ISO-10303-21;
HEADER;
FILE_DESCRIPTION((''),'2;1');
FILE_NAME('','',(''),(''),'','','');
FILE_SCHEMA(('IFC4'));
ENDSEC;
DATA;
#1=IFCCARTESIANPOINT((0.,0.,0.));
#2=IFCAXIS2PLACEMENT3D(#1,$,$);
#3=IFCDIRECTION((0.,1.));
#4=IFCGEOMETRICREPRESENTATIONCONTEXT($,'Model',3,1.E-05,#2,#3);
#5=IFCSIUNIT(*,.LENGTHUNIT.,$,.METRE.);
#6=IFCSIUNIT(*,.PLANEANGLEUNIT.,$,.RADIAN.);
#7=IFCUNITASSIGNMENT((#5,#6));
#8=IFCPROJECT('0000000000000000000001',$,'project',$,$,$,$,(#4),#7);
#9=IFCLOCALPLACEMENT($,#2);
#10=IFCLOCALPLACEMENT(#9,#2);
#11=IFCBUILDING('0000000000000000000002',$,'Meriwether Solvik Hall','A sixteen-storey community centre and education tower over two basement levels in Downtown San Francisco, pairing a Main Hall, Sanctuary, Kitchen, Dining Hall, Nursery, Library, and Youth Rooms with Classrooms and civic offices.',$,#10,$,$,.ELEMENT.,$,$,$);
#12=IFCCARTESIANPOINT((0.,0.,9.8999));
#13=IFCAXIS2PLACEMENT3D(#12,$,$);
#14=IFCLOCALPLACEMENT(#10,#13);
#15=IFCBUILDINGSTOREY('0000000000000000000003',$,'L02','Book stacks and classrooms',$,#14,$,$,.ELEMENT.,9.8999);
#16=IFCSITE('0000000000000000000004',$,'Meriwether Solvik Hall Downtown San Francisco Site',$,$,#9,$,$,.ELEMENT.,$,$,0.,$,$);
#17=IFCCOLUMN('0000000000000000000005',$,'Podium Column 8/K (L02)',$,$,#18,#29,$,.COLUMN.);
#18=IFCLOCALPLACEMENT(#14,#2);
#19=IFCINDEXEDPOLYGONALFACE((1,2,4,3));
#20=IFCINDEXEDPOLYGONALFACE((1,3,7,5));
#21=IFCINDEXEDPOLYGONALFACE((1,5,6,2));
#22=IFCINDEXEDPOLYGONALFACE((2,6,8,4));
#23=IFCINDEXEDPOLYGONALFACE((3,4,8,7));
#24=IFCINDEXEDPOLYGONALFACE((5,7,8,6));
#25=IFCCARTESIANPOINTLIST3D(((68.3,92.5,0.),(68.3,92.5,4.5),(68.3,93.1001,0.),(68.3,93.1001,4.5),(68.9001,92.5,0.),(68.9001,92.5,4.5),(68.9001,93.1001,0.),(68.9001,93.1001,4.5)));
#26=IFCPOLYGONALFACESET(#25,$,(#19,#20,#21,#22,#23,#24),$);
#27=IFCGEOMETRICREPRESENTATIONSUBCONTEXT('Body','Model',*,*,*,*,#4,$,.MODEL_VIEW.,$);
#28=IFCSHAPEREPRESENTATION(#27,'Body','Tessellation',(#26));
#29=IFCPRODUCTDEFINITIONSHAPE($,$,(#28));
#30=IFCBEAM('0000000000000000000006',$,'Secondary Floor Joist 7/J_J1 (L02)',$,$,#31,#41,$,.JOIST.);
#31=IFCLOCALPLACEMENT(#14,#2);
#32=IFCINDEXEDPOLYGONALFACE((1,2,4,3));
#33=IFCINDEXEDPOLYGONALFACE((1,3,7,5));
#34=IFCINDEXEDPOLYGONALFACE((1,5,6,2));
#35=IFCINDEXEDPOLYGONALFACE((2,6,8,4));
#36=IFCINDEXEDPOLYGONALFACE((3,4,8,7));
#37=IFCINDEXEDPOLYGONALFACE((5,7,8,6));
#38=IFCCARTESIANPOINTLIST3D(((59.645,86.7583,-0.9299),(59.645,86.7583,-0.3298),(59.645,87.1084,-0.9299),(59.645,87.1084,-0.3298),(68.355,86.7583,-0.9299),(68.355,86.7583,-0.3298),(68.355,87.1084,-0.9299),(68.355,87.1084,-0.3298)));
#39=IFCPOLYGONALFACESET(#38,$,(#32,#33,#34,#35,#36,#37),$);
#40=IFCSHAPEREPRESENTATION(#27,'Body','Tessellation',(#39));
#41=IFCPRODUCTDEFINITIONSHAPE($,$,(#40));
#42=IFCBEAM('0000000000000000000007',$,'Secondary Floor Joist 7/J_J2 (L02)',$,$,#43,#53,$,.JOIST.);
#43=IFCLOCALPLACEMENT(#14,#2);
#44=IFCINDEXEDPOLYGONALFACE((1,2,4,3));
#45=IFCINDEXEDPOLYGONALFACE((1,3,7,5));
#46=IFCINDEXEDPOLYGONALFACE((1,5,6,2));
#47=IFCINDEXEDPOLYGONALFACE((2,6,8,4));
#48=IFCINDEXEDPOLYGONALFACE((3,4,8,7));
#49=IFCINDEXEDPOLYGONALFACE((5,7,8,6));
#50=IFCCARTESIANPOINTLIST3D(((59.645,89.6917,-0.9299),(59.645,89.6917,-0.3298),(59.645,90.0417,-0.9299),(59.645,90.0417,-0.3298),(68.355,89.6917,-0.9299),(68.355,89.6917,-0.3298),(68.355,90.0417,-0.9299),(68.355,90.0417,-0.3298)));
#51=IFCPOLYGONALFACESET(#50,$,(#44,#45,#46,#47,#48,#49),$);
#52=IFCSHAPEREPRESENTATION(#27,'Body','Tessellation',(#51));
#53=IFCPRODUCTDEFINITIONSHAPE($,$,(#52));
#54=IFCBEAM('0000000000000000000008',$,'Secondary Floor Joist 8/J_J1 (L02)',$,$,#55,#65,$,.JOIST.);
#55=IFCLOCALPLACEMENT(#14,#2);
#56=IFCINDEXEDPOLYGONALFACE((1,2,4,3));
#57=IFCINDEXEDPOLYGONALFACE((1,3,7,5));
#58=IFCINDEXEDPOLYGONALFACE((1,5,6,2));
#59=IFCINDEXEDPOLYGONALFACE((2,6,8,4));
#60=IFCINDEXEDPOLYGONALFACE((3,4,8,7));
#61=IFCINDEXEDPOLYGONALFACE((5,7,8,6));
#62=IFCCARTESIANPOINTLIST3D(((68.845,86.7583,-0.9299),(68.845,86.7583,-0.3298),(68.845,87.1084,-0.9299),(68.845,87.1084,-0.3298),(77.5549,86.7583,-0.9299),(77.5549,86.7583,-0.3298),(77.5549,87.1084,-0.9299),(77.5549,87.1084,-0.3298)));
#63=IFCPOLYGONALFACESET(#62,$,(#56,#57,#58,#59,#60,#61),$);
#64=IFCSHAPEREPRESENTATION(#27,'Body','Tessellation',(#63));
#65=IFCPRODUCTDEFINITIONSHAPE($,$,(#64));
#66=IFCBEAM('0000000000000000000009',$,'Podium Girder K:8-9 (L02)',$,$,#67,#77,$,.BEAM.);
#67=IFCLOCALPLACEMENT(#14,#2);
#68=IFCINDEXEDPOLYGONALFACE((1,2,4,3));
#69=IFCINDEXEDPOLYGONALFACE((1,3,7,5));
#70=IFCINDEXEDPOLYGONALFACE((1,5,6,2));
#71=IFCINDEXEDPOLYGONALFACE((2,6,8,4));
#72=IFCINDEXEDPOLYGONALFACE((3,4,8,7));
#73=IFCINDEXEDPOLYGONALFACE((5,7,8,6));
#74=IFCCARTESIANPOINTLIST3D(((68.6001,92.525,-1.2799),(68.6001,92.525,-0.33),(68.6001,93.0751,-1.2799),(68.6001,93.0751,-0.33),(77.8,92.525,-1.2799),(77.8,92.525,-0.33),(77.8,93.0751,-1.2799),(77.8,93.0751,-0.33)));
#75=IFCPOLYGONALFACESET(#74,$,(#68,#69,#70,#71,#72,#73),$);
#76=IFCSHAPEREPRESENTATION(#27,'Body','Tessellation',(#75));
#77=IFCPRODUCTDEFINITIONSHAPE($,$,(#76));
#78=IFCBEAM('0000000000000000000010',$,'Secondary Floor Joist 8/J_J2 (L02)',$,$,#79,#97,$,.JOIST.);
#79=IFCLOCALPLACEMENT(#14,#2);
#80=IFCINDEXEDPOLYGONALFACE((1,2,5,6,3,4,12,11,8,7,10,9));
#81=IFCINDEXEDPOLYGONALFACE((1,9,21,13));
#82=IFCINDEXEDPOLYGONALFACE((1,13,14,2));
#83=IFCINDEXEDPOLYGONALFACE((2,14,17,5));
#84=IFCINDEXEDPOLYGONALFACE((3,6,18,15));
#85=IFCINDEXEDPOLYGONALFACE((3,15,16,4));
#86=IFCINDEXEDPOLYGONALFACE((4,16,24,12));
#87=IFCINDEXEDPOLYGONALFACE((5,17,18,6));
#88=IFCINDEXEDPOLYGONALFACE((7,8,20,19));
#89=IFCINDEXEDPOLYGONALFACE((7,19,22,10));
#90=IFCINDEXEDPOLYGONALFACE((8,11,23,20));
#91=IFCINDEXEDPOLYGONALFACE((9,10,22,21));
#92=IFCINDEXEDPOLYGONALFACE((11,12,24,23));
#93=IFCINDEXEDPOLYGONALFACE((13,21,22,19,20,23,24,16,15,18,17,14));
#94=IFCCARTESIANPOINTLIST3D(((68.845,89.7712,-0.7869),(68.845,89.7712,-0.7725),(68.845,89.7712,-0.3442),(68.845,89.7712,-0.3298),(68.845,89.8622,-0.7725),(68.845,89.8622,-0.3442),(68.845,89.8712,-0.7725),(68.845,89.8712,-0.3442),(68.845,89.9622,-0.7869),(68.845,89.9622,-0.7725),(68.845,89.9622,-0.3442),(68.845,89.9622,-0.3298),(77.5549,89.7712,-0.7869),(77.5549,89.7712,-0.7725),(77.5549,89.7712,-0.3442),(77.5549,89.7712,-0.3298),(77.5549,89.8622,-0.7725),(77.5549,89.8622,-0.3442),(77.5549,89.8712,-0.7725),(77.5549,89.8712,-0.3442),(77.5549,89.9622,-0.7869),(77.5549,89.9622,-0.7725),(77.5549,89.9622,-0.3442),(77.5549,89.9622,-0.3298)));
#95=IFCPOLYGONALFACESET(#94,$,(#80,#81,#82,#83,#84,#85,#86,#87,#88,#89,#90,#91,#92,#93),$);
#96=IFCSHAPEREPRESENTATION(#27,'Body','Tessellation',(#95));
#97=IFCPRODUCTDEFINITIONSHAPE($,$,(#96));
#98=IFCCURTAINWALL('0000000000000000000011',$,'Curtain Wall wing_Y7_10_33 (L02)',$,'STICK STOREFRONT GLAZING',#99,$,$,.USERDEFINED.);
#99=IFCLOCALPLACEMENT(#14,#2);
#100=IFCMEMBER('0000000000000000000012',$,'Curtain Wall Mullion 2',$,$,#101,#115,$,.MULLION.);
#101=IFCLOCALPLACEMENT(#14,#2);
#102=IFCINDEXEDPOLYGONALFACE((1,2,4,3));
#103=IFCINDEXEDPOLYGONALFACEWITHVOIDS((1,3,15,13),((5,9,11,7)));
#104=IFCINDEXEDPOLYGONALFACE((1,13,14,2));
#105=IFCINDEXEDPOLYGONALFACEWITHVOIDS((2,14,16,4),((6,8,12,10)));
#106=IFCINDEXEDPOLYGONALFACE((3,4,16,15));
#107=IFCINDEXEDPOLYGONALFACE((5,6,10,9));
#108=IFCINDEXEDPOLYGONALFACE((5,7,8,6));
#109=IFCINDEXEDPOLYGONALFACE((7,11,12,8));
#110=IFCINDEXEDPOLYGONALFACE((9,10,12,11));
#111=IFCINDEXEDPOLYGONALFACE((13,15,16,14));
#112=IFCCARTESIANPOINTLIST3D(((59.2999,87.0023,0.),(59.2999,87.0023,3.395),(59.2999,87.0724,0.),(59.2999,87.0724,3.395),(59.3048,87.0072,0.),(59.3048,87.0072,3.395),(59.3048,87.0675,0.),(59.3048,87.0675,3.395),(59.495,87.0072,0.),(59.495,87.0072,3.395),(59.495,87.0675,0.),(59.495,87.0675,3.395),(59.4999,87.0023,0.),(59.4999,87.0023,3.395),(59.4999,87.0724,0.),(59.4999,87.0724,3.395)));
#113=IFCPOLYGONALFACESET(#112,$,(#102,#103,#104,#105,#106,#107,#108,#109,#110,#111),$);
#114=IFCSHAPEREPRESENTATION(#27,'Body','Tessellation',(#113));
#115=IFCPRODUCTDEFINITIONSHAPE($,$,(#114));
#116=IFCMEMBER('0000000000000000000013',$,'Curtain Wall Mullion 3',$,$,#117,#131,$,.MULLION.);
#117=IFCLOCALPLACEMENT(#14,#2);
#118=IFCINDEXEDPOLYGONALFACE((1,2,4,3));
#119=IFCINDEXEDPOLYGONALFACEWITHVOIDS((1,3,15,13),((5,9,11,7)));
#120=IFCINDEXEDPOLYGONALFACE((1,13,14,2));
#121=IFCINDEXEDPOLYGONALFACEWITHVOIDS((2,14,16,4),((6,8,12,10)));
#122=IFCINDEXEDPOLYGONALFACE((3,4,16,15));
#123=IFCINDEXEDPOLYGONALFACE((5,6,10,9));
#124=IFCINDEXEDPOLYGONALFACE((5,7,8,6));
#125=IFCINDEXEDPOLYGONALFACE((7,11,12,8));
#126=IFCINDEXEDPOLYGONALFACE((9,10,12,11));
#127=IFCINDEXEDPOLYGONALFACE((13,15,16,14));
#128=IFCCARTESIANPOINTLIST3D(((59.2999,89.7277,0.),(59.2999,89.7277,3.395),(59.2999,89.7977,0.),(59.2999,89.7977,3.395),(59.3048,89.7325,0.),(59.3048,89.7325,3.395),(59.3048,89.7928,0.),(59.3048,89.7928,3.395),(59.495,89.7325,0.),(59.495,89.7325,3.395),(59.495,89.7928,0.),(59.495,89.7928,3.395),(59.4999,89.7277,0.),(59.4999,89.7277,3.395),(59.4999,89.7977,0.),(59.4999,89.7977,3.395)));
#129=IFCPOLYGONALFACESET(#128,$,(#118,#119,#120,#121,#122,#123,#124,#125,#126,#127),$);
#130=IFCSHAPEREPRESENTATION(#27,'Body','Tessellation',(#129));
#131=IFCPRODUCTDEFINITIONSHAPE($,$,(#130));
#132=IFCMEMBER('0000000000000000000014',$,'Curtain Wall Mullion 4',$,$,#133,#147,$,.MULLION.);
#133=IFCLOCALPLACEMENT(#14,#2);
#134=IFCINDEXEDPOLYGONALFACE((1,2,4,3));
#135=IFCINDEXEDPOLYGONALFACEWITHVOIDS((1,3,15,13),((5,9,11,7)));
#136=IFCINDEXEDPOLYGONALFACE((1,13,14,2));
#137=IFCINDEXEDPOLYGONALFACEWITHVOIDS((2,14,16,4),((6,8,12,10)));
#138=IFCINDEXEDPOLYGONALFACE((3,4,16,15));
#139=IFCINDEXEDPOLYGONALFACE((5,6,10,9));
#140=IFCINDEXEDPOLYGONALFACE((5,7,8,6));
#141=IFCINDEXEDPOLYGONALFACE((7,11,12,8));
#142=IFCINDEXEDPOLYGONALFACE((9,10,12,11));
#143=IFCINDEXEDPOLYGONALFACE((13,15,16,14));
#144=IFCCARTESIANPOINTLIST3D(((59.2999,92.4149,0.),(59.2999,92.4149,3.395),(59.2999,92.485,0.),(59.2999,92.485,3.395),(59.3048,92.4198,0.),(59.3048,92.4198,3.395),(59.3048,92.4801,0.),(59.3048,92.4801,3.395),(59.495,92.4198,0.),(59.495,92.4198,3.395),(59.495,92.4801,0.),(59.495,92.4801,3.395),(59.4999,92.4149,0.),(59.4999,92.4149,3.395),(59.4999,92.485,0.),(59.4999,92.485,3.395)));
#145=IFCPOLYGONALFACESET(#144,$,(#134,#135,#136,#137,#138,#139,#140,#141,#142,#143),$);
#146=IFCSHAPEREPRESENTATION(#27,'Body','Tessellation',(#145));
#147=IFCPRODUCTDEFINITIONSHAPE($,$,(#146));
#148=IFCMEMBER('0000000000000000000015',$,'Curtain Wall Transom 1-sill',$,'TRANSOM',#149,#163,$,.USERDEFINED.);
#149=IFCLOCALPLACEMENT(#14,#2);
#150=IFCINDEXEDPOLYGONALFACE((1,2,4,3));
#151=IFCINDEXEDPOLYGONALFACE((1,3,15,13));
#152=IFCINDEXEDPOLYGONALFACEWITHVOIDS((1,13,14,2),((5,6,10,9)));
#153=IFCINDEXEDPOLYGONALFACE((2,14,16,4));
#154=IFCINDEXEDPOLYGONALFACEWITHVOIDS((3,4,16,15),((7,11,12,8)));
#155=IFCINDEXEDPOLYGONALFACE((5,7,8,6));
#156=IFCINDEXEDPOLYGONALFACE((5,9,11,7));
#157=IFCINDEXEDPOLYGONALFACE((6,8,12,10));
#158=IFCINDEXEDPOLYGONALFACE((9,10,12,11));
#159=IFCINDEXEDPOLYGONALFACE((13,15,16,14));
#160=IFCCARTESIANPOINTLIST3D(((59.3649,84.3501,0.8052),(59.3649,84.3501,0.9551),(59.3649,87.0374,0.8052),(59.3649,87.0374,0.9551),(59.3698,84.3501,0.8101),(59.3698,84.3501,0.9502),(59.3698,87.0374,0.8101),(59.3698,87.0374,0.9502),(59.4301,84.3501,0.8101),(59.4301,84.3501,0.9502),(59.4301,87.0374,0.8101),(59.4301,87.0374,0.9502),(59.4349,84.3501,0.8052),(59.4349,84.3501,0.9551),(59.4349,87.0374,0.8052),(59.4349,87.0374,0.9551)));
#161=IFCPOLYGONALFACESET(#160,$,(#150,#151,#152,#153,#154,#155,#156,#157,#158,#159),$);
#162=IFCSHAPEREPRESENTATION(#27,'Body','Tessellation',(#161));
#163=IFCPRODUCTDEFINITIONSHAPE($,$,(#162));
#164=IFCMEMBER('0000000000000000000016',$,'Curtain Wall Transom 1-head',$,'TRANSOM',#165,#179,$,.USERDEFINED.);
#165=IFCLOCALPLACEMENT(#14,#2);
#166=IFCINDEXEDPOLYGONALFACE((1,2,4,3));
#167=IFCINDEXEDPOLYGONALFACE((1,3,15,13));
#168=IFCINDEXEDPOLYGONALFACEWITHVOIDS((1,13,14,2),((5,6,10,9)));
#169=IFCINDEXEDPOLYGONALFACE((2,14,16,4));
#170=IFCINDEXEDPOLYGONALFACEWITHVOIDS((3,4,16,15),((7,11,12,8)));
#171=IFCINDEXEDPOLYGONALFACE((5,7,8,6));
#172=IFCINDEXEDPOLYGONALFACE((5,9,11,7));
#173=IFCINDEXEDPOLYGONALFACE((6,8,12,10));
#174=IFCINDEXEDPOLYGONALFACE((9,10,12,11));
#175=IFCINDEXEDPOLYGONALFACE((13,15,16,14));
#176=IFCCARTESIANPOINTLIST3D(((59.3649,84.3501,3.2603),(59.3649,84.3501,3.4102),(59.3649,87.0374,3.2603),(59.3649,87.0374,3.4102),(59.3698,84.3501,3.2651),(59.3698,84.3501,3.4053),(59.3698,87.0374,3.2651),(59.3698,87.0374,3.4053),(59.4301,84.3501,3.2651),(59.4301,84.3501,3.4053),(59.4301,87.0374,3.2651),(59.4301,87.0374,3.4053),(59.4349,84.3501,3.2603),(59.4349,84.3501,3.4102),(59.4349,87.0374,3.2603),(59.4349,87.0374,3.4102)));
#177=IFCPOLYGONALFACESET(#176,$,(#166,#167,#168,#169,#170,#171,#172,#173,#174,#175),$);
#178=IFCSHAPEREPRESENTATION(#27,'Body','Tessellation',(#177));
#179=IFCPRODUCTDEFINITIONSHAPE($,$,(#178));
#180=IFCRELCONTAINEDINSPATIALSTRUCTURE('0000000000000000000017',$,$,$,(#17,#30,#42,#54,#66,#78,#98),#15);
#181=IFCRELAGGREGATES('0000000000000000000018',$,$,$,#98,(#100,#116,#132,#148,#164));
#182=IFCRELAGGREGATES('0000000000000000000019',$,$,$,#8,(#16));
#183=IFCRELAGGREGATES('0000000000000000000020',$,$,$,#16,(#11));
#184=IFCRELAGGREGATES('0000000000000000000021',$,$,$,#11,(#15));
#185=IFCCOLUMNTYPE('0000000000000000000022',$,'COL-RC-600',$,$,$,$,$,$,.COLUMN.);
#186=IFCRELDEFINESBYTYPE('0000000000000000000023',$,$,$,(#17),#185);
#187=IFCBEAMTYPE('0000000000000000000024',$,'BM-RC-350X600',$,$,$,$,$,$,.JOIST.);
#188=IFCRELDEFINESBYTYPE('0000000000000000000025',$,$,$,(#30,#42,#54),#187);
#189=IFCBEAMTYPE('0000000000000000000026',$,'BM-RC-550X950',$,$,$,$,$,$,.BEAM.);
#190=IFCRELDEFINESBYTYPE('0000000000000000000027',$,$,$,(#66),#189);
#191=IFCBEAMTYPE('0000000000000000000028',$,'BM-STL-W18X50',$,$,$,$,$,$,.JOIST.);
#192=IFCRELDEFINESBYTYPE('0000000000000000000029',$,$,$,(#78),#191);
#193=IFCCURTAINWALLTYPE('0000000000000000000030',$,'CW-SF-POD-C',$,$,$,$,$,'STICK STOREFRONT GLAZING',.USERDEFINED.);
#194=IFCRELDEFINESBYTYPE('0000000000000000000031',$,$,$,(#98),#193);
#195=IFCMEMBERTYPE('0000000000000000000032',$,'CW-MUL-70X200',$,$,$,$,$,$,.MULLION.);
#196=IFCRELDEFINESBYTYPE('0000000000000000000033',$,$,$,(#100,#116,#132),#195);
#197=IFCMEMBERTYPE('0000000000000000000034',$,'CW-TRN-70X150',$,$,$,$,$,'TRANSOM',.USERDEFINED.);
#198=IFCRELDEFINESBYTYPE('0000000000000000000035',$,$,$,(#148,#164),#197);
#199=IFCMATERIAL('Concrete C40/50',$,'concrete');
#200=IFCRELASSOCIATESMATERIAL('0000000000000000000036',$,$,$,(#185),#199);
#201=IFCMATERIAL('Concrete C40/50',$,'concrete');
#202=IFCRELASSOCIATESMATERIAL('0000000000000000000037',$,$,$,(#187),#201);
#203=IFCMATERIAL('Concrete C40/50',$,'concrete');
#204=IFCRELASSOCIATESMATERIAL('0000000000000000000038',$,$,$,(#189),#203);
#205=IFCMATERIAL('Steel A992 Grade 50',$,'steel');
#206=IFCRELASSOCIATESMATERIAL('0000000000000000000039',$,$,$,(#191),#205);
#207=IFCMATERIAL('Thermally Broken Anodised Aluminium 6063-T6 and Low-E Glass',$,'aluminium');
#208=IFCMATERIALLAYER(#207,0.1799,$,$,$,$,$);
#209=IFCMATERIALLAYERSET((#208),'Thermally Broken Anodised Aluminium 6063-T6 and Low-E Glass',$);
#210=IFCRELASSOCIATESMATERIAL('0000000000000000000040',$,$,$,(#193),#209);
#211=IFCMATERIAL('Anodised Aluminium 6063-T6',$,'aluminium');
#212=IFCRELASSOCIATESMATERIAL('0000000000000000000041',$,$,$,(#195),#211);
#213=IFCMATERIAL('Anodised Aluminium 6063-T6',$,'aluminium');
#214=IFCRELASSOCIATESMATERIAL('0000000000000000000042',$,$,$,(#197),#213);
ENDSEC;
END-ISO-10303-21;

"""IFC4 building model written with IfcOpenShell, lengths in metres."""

from ifc_helpers import new_model, si_unit, direction, frame, origin, origin_2d, place, context, subcontext, project, spatial, rectangle, hollow_rectangle, i_section, extrude, material, layer, layer_set, material_profile, profile_set, type_object, element, aggregate, save


model = new_model("IFC4")

# Units and contexts
model_context = context("Model", 3, precision=1e-05, world=origin(), true_north=direction((0.0, 1.0)))
body_context = subcontext(model_context, "Body", "Model", "MODEL_VIEW")
ifc_project = project(units=[si_unit("LENGTHUNIT", "METRE"), si_unit("PLANEANGLEUNIT", "RADIAN")], contexts=[model_context])

# Site, building, storey
site_placement = place(None, origin())
site = spatial("IfcSite", under=ifc_project, at=site_placement, Name="Meriwether Solvik Hall Downtown San Francisco Site", CompositionType="ELEMENT", RefElevation=0.0)
building_placement = place(site_placement, origin())
building = spatial("IfcBuilding", under=site, at=building_placement, Name="Meriwether Solvik Hall", Description="A sixteen-storey community centre and education tower over two basement levels in Downtown San Francisco, pairing a Main Hall, Sanctuary, Kitchen, Dining Hall, Nursery, Library, and Youth Rooms with Classrooms and civic offices.", CompositionType="ELEMENT")
storey_placement = place(building_placement, frame((0.0, 0.0, 9.8999)))
storey = spatial("IfcBuildingStorey", under=building, at=storey_placement, Name="L02", Description="Book stacks and classrooms", CompositionType="ELEMENT", Elevation=9.8999)

# Column
ifc_material_1 = material(Name="Concrete C40/50", Category="concrete")
ifc_material_profile_1 = material_profile(ifc_material_1, rectangle(XDim=0.6001, YDim=0.6001, at=origin_2d()), Name="RCC-600X600")
ifc_profile_set_1 = profile_set([ifc_material_profile_1], Name="Concrete C40/50")
column_type = type_object("IfcColumnType", Name="COL-RC-600", PredefinedType="COLUMN", material=ifc_profile_set_1)
column_placement = place(storey_placement, frame((68.6001, 92.8, 0.0), z_axis=(0.0, 0.0, 1.0), x_axis=(1.0, 0.0, 0.0)))
element("IfcColumn", 1, at=column_placement, inside=storey, type_object=column_type, Name="Podium Column 8/K (L02)", PredefinedType="COLUMN", context=body_context, shape_type="SweptSolid", body=[
    extrude(rectangle(XDim=0.6001, YDim=0.6001, at=origin_2d()), origin(), (0.0, 0.0, 1.0), 4.5),
])

# Beams
ifc_material_2 = material(Name="Concrete C40/50", Category="concrete")
ifc_material_profile_2 = material_profile(ifc_material_2, rectangle(XDim=0.3501, YDim=0.6001, at=origin_2d()), Name="RCB-350X600")
ifc_profile_set_2 = profile_set([ifc_material_profile_2], Name="Concrete C40/50")
beam_type_1 = type_object("IfcBeamType", Name="BM-RC-350X600", PredefinedType="JOIST", material=ifc_profile_set_2)
for number, where, z_axis, x_axis, name in (
    (2, (59.645, 86.9333, -0.6299), (1.0, 0.0, 0.0), (0.0, 1.0, 0.0), "Secondary Floor Joist 7/J_J1 (L02)"),
    (3, (59.645, 89.8667, -0.6299), (1.0, 0.0, 0.0), (0.0, 1.0, 0.0), "Secondary Floor Joist 7/J_J2 (L02)"),
    (4, (68.845, 86.9333, -0.6299), (1.0, 0.0, 0.0), (0.0, 1.0, 0.0), "Secondary Floor Joist 8/J_J1 (L02)"),
):
    element("IfcBeam", number, at=place(storey_placement, frame(where, z_axis=z_axis, x_axis=x_axis)), inside=storey, type_object=beam_type_1, Name=name, PredefinedType="JOIST", context=body_context, shape_type="SweptSolid", body=[
        extrude(rectangle(XDim=0.3501, YDim=0.6001, at=origin_2d()), origin(), (0.0, 0.0, 1.0), 8.71),
    ])
ifc_material_3 = material(Name="Concrete C40/50", Category="concrete")
ifc_material_profile_3 = material_profile(ifc_material_3, rectangle(XDim=0.55, YDim=0.95, at=origin_2d()), Name="RCB-550X950")
ifc_profile_set_3 = profile_set([ifc_material_profile_3], Name="Concrete C40/50")
beam_type_2 = type_object("IfcBeamType", Name="BM-RC-550X950", PredefinedType="BEAM", material=ifc_profile_set_3)
beam_1_placement = place(storey_placement, frame((68.6001, 92.8, -0.8049), z_axis=(1.0, 0.0, 0.0), x_axis=(0.0, 1.0, 0.0)))
element("IfcBeam", 5, at=beam_1_placement, inside=storey, type_object=beam_type_2, Name="Podium Girder K:8-9 (L02)", PredefinedType="BEAM", context=body_context, shape_type="SweptSolid", body=[
    extrude(rectangle(XDim=0.55, YDim=0.95, at=origin_2d()), origin(), (0.0, 0.0, 1.0), 9.2),
])
ifc_material_4 = material(Name="Steel A992 Grade 50", Category="steel")
ifc_material_profile_4 = material_profile(ifc_material_4, i_section(OverallWidth=0.1909, OverallDepth=0.457, WebThickness=0.009, FlangeThickness=0.0144, at=origin_2d()), Name="W18X50")
ifc_profile_set_4 = profile_set([ifc_material_profile_4], Name="Steel A992 Grade 50")
beam_type_3 = type_object("IfcBeamType", Name="BM-STL-W18X50", PredefinedType="JOIST", material=ifc_profile_set_4)
beam_2_placement = place(storey_placement, frame((68.845, 89.8667, -0.5583), z_axis=(1.0, 0.0, 0.0), x_axis=(0.0, 1.0, 0.0)))
element("IfcBeam", 6, at=beam_2_placement, inside=storey, type_object=beam_type_3, Name="Secondary Floor Joist 8/J_J2 (L02)", PredefinedType="JOIST", context=body_context, shape_type="SweptSolid", body=[
    extrude(i_section(OverallWidth=0.1909, OverallDepth=0.457, WebThickness=0.009, FlangeThickness=0.0144, at=origin_2d()), origin(), (0.0, 0.0, 1.0), 8.71),
])

# Curtain wall, members
ifc_material_5 = material(Name="Thermally Broken Anodised Aluminium 6063-T6 and Low-E Glass", Category="aluminium")
ifc_layer_1 = layer(ifc_material_5, 0.1799)
ifc_layer_set_1 = layer_set([ifc_layer_1], Name="Thermally Broken Anodised Aluminium 6063-T6 and Low-E Glass")
curtain_wall_type = type_object("IfcCurtainWallType", Name="CW-SF-POD-C", ElementType="STICK STOREFRONT GLAZING", PredefinedType="USERDEFINED", material=ifc_layer_set_1)
curtain_wall_placement = place(storey_placement, origin())
curtain_wall = element("IfcCurtainWall", 7, at=curtain_wall_placement, inside=storey, type_object=curtain_wall_type, Name="Curtain Wall wing_Y7_10_33 (L02)", ObjectType="STICK STOREFRONT GLAZING", PredefinedType="USERDEFINED")
ifc_material_6 = material(Name="Anodised Aluminium 6063-T6", Category="aluminium")
ifc_material_profile_5 = material_profile(ifc_material_6, hollow_rectangle(XDim=0.0701, YDim=0.2, WallThickness=0.0049, at=origin_2d()), Name="CWM-70X200")
ifc_profile_set_5 = profile_set([ifc_material_profile_5], Name="Anodised Aluminium 6063-T6")
member_type_1 = type_object("IfcMemberType", Name="CW-MUL-70X200", PredefinedType="MULLION", material=ifc_profile_set_5)
member_1_placement = place(storey_placement, frame((59.3999, 87.0374, 0.0), z_axis=(0.0, 0.0, 1.0), x_axis=(0.0, 1.0, 0.0)))
member_1 = element("IfcMember", 8, at=member_1_placement, type_object=member_type_1, Name="Curtain Wall Mullion 2", PredefinedType="MULLION", context=body_context, shape_type="SweptSolid", body=[
    extrude(hollow_rectangle(XDim=0.0701, YDim=0.2, WallThickness=0.0049, at=origin_2d()), origin(), (0.0, 0.0, 1.0), 3.395),
])
member_2_placement = place(storey_placement, frame((59.3999, 89.7627, 0.0), z_axis=(0.0, 0.0, 1.0), x_axis=(0.0, 1.0, 0.0)))
member_2 = element("IfcMember", 9, at=member_2_placement, type_object=member_type_1, Name="Curtain Wall Mullion 3", PredefinedType="MULLION", context=body_context, shape_type="SweptSolid", body=[
    extrude(hollow_rectangle(XDim=0.0701, YDim=0.2, WallThickness=0.0049, at=origin_2d()), origin(), (0.0, 0.0, 1.0), 3.395),
])
member_3_placement = place(storey_placement, frame((59.3999, 92.45, 0.0), z_axis=(0.0, 0.0, 1.0), x_axis=(0.0, 1.0, 0.0)))
member_3 = element("IfcMember", 10, at=member_3_placement, type_object=member_type_1, Name="Curtain Wall Mullion 4", PredefinedType="MULLION", context=body_context, shape_type="SweptSolid", body=[
    extrude(hollow_rectangle(XDim=0.0701, YDim=0.2, WallThickness=0.0049, at=origin_2d()), origin(), (0.0, 0.0, 1.0), 3.395),
])
ifc_material_7 = material(Name="Anodised Aluminium 6063-T6", Category="aluminium")
ifc_material_profile_6 = material_profile(ifc_material_7, hollow_rectangle(XDim=0.0701, YDim=0.1499, WallThickness=0.0049, at=origin_2d()), Name="CWT-70X150")
ifc_profile_set_6 = profile_set([ifc_material_profile_6], Name="Anodised Aluminium 6063-T6")
member_type_2 = type_object("IfcMemberType", Name="CW-TRN-70X150", ElementType="TRANSOM", PredefinedType="USERDEFINED", material=ifc_profile_set_6)
member_4_placement = place(storey_placement, frame((59.3999, 84.3501, 0.8801), z_axis=(0.0, 1.0, 0.0), x_axis=(-1.0, 0.0, 0.0)))
member_4 = element("IfcMember", 11, at=member_4_placement, type_object=member_type_2, Name="Curtain Wall Transom 1-sill", ObjectType="TRANSOM", PredefinedType="USERDEFINED", context=body_context, shape_type="SweptSolid", body=[
    extrude(hollow_rectangle(XDim=0.0701, YDim=0.1499, WallThickness=0.0049, at=origin_2d()), origin(), (0.0, 0.0, 1.0), 2.6873),
])
member_5_placement = place(storey_placement, frame((59.3999, 84.3501, 3.3352), z_axis=(0.0, 1.0, 0.0), x_axis=(-1.0, 0.0, 0.0)))
member_5 = element("IfcMember", 12, at=member_5_placement, type_object=member_type_2, Name="Curtain Wall Transom 1-head", ObjectType="TRANSOM", PredefinedType="USERDEFINED", context=body_context, shape_type="SweptSolid", body=[
    extrude(hollow_rectangle(XDim=0.0701, YDim=0.1499, WallThickness=0.0049, at=origin_2d()), origin(), (0.0, 0.0, 1.0), 2.6873),
])
aggregate(curtain_wall, [member_1, member_2, member_3, member_4, member_5])

save(model, "model.ifc")
